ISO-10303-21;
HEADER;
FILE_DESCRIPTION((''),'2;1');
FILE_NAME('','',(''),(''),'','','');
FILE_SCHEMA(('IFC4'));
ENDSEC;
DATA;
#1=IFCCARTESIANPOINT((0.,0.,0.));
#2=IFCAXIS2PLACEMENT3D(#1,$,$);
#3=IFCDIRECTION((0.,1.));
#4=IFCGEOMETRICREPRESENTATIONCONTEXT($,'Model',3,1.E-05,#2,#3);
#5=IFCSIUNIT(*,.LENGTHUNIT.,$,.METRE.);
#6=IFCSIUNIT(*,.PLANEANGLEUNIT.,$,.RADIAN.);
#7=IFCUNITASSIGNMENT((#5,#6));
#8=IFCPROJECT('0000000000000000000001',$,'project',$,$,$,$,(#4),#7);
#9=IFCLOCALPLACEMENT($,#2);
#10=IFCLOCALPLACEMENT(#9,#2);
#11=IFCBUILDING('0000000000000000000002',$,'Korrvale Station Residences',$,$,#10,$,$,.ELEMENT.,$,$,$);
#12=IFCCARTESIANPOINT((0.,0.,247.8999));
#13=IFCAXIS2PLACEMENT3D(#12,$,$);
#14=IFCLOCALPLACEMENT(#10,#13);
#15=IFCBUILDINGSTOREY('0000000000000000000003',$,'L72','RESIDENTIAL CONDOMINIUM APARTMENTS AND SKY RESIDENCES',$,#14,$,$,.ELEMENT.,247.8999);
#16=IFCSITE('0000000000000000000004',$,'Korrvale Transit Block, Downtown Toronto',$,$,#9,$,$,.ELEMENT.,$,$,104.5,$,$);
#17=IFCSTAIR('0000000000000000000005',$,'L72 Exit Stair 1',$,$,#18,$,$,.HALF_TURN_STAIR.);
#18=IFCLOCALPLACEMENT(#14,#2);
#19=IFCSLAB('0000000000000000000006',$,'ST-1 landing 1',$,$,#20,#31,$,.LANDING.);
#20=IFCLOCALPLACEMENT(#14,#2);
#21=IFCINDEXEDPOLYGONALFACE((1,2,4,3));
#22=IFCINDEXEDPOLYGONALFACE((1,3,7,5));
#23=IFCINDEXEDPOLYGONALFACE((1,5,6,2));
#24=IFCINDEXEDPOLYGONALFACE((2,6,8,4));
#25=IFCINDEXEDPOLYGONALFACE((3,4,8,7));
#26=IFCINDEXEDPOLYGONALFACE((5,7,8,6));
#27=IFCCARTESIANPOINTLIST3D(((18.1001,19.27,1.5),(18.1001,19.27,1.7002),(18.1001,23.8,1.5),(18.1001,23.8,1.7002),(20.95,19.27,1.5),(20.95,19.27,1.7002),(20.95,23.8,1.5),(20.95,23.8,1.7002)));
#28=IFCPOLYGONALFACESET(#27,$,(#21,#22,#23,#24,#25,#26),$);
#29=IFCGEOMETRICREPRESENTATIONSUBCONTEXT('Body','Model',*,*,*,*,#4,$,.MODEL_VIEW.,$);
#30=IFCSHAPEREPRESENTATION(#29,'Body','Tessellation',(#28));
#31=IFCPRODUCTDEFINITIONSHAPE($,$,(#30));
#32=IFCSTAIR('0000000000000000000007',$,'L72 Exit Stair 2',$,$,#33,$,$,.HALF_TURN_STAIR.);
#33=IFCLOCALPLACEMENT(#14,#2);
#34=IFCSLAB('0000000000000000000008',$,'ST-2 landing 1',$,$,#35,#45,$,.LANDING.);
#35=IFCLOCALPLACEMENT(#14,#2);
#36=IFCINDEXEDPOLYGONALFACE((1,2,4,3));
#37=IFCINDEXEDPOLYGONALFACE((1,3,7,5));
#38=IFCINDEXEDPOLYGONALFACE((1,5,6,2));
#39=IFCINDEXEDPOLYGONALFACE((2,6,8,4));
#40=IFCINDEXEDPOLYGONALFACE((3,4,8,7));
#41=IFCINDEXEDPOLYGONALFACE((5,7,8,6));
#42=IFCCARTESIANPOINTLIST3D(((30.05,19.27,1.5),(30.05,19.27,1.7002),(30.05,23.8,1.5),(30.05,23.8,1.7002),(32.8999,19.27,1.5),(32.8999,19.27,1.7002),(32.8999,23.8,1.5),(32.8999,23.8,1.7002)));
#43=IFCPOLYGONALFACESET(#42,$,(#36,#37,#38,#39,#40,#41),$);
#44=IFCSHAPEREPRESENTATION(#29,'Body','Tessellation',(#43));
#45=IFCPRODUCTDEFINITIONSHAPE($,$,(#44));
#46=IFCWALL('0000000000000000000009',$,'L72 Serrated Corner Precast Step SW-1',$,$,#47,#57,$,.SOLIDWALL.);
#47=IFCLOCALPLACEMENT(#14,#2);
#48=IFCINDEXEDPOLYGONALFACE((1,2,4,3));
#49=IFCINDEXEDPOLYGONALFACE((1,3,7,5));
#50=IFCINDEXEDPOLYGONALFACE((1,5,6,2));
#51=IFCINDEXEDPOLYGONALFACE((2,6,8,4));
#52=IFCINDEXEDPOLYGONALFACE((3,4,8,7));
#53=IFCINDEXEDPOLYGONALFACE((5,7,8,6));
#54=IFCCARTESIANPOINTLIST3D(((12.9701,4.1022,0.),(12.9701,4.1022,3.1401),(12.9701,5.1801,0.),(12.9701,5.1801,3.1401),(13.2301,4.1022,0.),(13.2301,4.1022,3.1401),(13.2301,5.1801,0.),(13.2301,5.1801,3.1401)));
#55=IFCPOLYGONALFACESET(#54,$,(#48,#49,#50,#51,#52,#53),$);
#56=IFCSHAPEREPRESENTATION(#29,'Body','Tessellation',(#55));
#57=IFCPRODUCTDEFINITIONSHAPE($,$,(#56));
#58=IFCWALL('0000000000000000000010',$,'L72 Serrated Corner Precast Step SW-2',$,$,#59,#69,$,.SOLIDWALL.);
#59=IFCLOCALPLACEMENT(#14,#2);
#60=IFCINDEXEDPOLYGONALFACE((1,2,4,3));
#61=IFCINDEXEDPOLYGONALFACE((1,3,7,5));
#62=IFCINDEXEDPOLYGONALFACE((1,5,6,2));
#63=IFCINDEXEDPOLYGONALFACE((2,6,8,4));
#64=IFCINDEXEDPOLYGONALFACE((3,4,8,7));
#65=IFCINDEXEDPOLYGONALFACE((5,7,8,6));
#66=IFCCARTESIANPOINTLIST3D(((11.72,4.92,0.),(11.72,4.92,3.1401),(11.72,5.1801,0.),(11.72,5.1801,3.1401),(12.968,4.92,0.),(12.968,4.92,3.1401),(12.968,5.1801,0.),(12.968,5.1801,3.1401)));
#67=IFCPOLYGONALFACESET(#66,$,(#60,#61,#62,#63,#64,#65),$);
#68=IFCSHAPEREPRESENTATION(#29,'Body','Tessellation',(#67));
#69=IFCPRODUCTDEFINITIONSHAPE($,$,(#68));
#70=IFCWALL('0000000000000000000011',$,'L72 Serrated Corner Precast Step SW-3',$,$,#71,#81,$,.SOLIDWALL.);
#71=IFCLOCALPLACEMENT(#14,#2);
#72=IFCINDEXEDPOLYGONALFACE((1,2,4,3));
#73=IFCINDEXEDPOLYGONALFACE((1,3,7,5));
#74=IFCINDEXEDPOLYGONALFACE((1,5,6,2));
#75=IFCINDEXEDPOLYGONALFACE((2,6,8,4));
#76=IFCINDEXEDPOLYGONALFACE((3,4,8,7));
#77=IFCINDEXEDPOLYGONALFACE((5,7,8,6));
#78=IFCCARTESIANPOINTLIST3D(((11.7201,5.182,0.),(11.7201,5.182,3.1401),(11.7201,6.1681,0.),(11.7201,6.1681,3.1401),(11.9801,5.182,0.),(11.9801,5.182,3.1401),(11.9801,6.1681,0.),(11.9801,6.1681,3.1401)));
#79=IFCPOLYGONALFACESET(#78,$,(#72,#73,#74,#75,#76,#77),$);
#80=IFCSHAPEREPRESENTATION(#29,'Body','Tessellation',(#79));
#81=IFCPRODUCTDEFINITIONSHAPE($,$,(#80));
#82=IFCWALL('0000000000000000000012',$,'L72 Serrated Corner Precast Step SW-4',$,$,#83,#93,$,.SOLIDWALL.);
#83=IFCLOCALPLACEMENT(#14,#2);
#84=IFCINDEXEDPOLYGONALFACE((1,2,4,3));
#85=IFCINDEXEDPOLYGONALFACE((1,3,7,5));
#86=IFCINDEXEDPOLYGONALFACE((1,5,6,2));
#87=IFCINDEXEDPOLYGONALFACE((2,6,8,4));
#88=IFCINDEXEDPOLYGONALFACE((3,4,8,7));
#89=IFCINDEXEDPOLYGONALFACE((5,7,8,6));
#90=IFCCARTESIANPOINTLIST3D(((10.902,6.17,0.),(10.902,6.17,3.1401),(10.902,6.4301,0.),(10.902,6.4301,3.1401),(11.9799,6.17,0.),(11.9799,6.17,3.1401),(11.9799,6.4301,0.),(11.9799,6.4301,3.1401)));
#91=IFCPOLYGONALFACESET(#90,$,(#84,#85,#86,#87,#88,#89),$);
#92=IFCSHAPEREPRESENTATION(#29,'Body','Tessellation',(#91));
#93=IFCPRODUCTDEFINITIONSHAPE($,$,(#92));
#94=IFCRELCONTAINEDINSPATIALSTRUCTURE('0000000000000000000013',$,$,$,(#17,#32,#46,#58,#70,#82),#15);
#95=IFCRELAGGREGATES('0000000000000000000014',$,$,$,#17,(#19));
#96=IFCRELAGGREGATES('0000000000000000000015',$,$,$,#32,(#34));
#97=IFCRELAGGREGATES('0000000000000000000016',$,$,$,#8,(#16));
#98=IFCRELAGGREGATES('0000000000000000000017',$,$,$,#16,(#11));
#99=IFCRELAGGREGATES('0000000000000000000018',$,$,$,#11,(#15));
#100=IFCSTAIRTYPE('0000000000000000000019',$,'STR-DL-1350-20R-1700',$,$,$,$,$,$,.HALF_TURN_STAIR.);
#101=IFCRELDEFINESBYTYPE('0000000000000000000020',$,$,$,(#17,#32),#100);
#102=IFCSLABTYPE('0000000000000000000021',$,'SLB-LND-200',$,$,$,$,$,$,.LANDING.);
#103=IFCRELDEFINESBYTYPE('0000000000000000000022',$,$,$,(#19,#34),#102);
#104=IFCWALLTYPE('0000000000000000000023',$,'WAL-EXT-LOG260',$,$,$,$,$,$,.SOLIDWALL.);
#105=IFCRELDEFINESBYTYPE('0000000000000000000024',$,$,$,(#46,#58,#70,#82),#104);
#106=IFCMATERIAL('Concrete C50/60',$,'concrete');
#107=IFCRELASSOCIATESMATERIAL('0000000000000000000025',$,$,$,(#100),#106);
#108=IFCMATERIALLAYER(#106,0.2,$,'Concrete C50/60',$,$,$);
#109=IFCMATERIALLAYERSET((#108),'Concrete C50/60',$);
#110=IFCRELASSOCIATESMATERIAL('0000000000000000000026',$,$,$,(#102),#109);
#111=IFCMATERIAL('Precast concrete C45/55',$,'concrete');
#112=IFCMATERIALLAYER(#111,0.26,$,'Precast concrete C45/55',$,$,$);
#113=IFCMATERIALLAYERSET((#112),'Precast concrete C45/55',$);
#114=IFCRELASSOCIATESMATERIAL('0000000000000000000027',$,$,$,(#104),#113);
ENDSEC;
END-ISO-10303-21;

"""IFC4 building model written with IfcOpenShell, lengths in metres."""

from ifc_helpers import new_model, si_unit, direction, frame, frame_2d, origin, place, context, subcontext, project, spatial, polyline, rectangle, outline, extrude, material, layer, layer_set, type_object, element, aggregate, save


model = new_model("IFC4")

# Units and contexts
model_context = context("Model", 3, precision=1e-05, world=origin(), true_north=direction((0.0, 1.0)))
body_context = subcontext(model_context, "Body", "Model", "MODEL_VIEW")
ifc_project = project(units=[si_unit("LENGTHUNIT", "METRE"), si_unit("PLANEANGLEUNIT", "RADIAN")], contexts=[model_context])

# Site, building, storey
site_placement = place(None, origin())
site = spatial("IfcSite", under=ifc_project, at=site_placement, Name="Korrvale Transit Block, Downtown Toronto", CompositionType="ELEMENT", RefElevation=104.5)
building_placement = place(site_placement, origin())
building = spatial("IfcBuilding", under=site, at=building_placement, Name="Korrvale Station Residences", CompositionType="ELEMENT")
storey_placement = place(building_placement, frame((0.0, 0.0, 247.8999)))
storey = spatial("IfcBuildingStorey", under=building, at=storey_placement, Name="L72", Description="RESIDENTIAL CONDOMINIUM APARTMENTS AND SKY RESIDENCES", CompositionType="ELEMENT", Elevation=247.8999)

# Shared definitions
ifc_material_1 = material(Name="Concrete C50/60", Category="concrete")

# Stairs, slabs
stair_type = type_object("IfcStairType", Name="STR-DL-1350-20R-1700", PredefinedType="HALF_TURN_STAIR", material=ifc_material_1)
stair_1_placement = place(storey_placement, origin())
stair_1 = element("IfcStair", 1, at=stair_1_placement, inside=storey, type_object=stair_type, Name="L72 Exit Stair 1", PredefinedType="HALF_TURN_STAIR")
ifc_layer_1 = layer(ifc_material_1, 0.2, Name="Concrete C50/60")
ifc_layer_set_1 = layer_set([ifc_layer_1], Name="Concrete C50/60")
slab_type_1 = type_object("IfcSlabType", Name="SLB-LND-200", PredefinedType="LANDING", material=ifc_layer_set_1)
slab_1_placement = place(storey_placement, frame((0.0, 0.0, 1.5)))
slab_1 = element("IfcSlab", 2, at=slab_1_placement, type_object=slab_type_1, Name="ST-1 landing 1", PredefinedType="LANDING", context=body_context, shape_type="SweptSolid", body=[
    extrude(outline(polyline([(20.95, 19.27), (20.95, 23.8), (18.1001, 23.8), (18.1001, 19.27), (20.95, 19.27)])), origin(), (0.0, 0.0, 1.0), 0.2002),
])
aggregate(stair_1, [slab_1])
stair_2_placement = place(storey_placement, origin())
stair_2 = element("IfcStair", 3, at=stair_2_placement, inside=storey, type_object=stair_type, Name="L72 Exit Stair 2", PredefinedType="HALF_TURN_STAIR")
slab_2_placement = place(storey_placement, frame((0.0, 0.0, 1.5)))
slab_2 = element("IfcSlab", 4, at=slab_2_placement, type_object=slab_type_1, Name="ST-2 landing 1", PredefinedType="LANDING", context=body_context, shape_type="SweptSolid", body=[
    extrude(outline(polyline([(32.8999, 19.27), (32.8999, 23.8), (30.05, 23.8), (30.05, 19.27), (32.8999, 19.27)])), origin(), (0.0, 0.0, 1.0), 0.2002),
])
aggregate(stair_2, [slab_2])

# Walls
ifc_material_2 = material(Name="Precast concrete C45/55", Category="concrete")
ifc_layer_2 = layer(ifc_material_2, 0.26, Name="Precast concrete C45/55")
ifc_layer_set_2 = layer_set([ifc_layer_2], Name="Precast concrete C45/55")
wall_type_1 = type_object("IfcWallType", Name="WAL-EXT-LOG260", PredefinedType="SOLIDWALL", material=ifc_layer_set_2)
wall_1_placement = place(storey_placement, frame((13.1001, 4.1021, 0.0), z_axis=(0.0, 0.0, 1.0), x_axis=(0.0, 1.0, 0.0)))
element("IfcWall", 5, at=wall_1_placement, inside=storey, type_object=wall_type_1, Name="L72 Serrated Corner Precast Step SW-1", PredefinedType="SOLIDWALL", context=body_context, shape_type="SweptSolid", body=[
    extrude(rectangle(XDim=1.0779, YDim=0.26, at=frame_2d((0.5391, 0.0))), origin(), (0.0, 0.0, 1.0), 3.1401),
])
wall_2_placement = place(storey_placement, frame((12.968, 5.05, 0.0), z_axis=(0.0, 0.0, 1.0), x_axis=(-1.0, 0.0, 0.0)))
element("IfcWall", 6, at=wall_2_placement, inside=storey, type_object=wall_type_1, Name="L72 Serrated Corner Precast Step SW-2", PredefinedType="SOLIDWALL", context=body_context, shape_type="SweptSolid", body=[
    extrude(rectangle(XDim=1.248, YDim=0.26, at=frame_2d((0.624, 0.0))), origin(), (0.0, 0.0, 1.0), 3.1401),
])
wall_3_placement = place(storey_placement, frame((11.8501, 5.1819, 0.0), z_axis=(0.0, 0.0, 1.0), x_axis=(0.0, 1.0, 0.0)))
element("IfcWall", 7, at=wall_3_placement, inside=storey, type_object=wall_type_1, Name="L72 Serrated Corner Precast Step SW-3", PredefinedType="SOLIDWALL", context=body_context, shape_type="SweptSolid", body=[
    extrude(rectangle(XDim=0.9861, YDim=0.26, at=frame_2d((0.4932, 0.0))), origin(), (0.0, 0.0, 1.0), 3.1401),
])
wall_4_placement = place(storey_placement, frame((11.98, 6.3, 0.0), z_axis=(0.0, 0.0, 1.0), x_axis=(-1.0, 0.0, 0.0)))
element("IfcWall", 8, at=wall_4_placement, inside=storey, type_object=wall_type_1, Name="L72 Serrated Corner Precast Step SW-4", PredefinedType="SOLIDWALL", context=body_context, shape_type="SweptSolid", body=[
    extrude(rectangle(XDim=1.0779, YDim=0.26, at=frame_2d((0.5391, 0.0))), origin(), (0.0, 0.0, 1.0), 3.1401),
])

save(model, "model.ifc")
